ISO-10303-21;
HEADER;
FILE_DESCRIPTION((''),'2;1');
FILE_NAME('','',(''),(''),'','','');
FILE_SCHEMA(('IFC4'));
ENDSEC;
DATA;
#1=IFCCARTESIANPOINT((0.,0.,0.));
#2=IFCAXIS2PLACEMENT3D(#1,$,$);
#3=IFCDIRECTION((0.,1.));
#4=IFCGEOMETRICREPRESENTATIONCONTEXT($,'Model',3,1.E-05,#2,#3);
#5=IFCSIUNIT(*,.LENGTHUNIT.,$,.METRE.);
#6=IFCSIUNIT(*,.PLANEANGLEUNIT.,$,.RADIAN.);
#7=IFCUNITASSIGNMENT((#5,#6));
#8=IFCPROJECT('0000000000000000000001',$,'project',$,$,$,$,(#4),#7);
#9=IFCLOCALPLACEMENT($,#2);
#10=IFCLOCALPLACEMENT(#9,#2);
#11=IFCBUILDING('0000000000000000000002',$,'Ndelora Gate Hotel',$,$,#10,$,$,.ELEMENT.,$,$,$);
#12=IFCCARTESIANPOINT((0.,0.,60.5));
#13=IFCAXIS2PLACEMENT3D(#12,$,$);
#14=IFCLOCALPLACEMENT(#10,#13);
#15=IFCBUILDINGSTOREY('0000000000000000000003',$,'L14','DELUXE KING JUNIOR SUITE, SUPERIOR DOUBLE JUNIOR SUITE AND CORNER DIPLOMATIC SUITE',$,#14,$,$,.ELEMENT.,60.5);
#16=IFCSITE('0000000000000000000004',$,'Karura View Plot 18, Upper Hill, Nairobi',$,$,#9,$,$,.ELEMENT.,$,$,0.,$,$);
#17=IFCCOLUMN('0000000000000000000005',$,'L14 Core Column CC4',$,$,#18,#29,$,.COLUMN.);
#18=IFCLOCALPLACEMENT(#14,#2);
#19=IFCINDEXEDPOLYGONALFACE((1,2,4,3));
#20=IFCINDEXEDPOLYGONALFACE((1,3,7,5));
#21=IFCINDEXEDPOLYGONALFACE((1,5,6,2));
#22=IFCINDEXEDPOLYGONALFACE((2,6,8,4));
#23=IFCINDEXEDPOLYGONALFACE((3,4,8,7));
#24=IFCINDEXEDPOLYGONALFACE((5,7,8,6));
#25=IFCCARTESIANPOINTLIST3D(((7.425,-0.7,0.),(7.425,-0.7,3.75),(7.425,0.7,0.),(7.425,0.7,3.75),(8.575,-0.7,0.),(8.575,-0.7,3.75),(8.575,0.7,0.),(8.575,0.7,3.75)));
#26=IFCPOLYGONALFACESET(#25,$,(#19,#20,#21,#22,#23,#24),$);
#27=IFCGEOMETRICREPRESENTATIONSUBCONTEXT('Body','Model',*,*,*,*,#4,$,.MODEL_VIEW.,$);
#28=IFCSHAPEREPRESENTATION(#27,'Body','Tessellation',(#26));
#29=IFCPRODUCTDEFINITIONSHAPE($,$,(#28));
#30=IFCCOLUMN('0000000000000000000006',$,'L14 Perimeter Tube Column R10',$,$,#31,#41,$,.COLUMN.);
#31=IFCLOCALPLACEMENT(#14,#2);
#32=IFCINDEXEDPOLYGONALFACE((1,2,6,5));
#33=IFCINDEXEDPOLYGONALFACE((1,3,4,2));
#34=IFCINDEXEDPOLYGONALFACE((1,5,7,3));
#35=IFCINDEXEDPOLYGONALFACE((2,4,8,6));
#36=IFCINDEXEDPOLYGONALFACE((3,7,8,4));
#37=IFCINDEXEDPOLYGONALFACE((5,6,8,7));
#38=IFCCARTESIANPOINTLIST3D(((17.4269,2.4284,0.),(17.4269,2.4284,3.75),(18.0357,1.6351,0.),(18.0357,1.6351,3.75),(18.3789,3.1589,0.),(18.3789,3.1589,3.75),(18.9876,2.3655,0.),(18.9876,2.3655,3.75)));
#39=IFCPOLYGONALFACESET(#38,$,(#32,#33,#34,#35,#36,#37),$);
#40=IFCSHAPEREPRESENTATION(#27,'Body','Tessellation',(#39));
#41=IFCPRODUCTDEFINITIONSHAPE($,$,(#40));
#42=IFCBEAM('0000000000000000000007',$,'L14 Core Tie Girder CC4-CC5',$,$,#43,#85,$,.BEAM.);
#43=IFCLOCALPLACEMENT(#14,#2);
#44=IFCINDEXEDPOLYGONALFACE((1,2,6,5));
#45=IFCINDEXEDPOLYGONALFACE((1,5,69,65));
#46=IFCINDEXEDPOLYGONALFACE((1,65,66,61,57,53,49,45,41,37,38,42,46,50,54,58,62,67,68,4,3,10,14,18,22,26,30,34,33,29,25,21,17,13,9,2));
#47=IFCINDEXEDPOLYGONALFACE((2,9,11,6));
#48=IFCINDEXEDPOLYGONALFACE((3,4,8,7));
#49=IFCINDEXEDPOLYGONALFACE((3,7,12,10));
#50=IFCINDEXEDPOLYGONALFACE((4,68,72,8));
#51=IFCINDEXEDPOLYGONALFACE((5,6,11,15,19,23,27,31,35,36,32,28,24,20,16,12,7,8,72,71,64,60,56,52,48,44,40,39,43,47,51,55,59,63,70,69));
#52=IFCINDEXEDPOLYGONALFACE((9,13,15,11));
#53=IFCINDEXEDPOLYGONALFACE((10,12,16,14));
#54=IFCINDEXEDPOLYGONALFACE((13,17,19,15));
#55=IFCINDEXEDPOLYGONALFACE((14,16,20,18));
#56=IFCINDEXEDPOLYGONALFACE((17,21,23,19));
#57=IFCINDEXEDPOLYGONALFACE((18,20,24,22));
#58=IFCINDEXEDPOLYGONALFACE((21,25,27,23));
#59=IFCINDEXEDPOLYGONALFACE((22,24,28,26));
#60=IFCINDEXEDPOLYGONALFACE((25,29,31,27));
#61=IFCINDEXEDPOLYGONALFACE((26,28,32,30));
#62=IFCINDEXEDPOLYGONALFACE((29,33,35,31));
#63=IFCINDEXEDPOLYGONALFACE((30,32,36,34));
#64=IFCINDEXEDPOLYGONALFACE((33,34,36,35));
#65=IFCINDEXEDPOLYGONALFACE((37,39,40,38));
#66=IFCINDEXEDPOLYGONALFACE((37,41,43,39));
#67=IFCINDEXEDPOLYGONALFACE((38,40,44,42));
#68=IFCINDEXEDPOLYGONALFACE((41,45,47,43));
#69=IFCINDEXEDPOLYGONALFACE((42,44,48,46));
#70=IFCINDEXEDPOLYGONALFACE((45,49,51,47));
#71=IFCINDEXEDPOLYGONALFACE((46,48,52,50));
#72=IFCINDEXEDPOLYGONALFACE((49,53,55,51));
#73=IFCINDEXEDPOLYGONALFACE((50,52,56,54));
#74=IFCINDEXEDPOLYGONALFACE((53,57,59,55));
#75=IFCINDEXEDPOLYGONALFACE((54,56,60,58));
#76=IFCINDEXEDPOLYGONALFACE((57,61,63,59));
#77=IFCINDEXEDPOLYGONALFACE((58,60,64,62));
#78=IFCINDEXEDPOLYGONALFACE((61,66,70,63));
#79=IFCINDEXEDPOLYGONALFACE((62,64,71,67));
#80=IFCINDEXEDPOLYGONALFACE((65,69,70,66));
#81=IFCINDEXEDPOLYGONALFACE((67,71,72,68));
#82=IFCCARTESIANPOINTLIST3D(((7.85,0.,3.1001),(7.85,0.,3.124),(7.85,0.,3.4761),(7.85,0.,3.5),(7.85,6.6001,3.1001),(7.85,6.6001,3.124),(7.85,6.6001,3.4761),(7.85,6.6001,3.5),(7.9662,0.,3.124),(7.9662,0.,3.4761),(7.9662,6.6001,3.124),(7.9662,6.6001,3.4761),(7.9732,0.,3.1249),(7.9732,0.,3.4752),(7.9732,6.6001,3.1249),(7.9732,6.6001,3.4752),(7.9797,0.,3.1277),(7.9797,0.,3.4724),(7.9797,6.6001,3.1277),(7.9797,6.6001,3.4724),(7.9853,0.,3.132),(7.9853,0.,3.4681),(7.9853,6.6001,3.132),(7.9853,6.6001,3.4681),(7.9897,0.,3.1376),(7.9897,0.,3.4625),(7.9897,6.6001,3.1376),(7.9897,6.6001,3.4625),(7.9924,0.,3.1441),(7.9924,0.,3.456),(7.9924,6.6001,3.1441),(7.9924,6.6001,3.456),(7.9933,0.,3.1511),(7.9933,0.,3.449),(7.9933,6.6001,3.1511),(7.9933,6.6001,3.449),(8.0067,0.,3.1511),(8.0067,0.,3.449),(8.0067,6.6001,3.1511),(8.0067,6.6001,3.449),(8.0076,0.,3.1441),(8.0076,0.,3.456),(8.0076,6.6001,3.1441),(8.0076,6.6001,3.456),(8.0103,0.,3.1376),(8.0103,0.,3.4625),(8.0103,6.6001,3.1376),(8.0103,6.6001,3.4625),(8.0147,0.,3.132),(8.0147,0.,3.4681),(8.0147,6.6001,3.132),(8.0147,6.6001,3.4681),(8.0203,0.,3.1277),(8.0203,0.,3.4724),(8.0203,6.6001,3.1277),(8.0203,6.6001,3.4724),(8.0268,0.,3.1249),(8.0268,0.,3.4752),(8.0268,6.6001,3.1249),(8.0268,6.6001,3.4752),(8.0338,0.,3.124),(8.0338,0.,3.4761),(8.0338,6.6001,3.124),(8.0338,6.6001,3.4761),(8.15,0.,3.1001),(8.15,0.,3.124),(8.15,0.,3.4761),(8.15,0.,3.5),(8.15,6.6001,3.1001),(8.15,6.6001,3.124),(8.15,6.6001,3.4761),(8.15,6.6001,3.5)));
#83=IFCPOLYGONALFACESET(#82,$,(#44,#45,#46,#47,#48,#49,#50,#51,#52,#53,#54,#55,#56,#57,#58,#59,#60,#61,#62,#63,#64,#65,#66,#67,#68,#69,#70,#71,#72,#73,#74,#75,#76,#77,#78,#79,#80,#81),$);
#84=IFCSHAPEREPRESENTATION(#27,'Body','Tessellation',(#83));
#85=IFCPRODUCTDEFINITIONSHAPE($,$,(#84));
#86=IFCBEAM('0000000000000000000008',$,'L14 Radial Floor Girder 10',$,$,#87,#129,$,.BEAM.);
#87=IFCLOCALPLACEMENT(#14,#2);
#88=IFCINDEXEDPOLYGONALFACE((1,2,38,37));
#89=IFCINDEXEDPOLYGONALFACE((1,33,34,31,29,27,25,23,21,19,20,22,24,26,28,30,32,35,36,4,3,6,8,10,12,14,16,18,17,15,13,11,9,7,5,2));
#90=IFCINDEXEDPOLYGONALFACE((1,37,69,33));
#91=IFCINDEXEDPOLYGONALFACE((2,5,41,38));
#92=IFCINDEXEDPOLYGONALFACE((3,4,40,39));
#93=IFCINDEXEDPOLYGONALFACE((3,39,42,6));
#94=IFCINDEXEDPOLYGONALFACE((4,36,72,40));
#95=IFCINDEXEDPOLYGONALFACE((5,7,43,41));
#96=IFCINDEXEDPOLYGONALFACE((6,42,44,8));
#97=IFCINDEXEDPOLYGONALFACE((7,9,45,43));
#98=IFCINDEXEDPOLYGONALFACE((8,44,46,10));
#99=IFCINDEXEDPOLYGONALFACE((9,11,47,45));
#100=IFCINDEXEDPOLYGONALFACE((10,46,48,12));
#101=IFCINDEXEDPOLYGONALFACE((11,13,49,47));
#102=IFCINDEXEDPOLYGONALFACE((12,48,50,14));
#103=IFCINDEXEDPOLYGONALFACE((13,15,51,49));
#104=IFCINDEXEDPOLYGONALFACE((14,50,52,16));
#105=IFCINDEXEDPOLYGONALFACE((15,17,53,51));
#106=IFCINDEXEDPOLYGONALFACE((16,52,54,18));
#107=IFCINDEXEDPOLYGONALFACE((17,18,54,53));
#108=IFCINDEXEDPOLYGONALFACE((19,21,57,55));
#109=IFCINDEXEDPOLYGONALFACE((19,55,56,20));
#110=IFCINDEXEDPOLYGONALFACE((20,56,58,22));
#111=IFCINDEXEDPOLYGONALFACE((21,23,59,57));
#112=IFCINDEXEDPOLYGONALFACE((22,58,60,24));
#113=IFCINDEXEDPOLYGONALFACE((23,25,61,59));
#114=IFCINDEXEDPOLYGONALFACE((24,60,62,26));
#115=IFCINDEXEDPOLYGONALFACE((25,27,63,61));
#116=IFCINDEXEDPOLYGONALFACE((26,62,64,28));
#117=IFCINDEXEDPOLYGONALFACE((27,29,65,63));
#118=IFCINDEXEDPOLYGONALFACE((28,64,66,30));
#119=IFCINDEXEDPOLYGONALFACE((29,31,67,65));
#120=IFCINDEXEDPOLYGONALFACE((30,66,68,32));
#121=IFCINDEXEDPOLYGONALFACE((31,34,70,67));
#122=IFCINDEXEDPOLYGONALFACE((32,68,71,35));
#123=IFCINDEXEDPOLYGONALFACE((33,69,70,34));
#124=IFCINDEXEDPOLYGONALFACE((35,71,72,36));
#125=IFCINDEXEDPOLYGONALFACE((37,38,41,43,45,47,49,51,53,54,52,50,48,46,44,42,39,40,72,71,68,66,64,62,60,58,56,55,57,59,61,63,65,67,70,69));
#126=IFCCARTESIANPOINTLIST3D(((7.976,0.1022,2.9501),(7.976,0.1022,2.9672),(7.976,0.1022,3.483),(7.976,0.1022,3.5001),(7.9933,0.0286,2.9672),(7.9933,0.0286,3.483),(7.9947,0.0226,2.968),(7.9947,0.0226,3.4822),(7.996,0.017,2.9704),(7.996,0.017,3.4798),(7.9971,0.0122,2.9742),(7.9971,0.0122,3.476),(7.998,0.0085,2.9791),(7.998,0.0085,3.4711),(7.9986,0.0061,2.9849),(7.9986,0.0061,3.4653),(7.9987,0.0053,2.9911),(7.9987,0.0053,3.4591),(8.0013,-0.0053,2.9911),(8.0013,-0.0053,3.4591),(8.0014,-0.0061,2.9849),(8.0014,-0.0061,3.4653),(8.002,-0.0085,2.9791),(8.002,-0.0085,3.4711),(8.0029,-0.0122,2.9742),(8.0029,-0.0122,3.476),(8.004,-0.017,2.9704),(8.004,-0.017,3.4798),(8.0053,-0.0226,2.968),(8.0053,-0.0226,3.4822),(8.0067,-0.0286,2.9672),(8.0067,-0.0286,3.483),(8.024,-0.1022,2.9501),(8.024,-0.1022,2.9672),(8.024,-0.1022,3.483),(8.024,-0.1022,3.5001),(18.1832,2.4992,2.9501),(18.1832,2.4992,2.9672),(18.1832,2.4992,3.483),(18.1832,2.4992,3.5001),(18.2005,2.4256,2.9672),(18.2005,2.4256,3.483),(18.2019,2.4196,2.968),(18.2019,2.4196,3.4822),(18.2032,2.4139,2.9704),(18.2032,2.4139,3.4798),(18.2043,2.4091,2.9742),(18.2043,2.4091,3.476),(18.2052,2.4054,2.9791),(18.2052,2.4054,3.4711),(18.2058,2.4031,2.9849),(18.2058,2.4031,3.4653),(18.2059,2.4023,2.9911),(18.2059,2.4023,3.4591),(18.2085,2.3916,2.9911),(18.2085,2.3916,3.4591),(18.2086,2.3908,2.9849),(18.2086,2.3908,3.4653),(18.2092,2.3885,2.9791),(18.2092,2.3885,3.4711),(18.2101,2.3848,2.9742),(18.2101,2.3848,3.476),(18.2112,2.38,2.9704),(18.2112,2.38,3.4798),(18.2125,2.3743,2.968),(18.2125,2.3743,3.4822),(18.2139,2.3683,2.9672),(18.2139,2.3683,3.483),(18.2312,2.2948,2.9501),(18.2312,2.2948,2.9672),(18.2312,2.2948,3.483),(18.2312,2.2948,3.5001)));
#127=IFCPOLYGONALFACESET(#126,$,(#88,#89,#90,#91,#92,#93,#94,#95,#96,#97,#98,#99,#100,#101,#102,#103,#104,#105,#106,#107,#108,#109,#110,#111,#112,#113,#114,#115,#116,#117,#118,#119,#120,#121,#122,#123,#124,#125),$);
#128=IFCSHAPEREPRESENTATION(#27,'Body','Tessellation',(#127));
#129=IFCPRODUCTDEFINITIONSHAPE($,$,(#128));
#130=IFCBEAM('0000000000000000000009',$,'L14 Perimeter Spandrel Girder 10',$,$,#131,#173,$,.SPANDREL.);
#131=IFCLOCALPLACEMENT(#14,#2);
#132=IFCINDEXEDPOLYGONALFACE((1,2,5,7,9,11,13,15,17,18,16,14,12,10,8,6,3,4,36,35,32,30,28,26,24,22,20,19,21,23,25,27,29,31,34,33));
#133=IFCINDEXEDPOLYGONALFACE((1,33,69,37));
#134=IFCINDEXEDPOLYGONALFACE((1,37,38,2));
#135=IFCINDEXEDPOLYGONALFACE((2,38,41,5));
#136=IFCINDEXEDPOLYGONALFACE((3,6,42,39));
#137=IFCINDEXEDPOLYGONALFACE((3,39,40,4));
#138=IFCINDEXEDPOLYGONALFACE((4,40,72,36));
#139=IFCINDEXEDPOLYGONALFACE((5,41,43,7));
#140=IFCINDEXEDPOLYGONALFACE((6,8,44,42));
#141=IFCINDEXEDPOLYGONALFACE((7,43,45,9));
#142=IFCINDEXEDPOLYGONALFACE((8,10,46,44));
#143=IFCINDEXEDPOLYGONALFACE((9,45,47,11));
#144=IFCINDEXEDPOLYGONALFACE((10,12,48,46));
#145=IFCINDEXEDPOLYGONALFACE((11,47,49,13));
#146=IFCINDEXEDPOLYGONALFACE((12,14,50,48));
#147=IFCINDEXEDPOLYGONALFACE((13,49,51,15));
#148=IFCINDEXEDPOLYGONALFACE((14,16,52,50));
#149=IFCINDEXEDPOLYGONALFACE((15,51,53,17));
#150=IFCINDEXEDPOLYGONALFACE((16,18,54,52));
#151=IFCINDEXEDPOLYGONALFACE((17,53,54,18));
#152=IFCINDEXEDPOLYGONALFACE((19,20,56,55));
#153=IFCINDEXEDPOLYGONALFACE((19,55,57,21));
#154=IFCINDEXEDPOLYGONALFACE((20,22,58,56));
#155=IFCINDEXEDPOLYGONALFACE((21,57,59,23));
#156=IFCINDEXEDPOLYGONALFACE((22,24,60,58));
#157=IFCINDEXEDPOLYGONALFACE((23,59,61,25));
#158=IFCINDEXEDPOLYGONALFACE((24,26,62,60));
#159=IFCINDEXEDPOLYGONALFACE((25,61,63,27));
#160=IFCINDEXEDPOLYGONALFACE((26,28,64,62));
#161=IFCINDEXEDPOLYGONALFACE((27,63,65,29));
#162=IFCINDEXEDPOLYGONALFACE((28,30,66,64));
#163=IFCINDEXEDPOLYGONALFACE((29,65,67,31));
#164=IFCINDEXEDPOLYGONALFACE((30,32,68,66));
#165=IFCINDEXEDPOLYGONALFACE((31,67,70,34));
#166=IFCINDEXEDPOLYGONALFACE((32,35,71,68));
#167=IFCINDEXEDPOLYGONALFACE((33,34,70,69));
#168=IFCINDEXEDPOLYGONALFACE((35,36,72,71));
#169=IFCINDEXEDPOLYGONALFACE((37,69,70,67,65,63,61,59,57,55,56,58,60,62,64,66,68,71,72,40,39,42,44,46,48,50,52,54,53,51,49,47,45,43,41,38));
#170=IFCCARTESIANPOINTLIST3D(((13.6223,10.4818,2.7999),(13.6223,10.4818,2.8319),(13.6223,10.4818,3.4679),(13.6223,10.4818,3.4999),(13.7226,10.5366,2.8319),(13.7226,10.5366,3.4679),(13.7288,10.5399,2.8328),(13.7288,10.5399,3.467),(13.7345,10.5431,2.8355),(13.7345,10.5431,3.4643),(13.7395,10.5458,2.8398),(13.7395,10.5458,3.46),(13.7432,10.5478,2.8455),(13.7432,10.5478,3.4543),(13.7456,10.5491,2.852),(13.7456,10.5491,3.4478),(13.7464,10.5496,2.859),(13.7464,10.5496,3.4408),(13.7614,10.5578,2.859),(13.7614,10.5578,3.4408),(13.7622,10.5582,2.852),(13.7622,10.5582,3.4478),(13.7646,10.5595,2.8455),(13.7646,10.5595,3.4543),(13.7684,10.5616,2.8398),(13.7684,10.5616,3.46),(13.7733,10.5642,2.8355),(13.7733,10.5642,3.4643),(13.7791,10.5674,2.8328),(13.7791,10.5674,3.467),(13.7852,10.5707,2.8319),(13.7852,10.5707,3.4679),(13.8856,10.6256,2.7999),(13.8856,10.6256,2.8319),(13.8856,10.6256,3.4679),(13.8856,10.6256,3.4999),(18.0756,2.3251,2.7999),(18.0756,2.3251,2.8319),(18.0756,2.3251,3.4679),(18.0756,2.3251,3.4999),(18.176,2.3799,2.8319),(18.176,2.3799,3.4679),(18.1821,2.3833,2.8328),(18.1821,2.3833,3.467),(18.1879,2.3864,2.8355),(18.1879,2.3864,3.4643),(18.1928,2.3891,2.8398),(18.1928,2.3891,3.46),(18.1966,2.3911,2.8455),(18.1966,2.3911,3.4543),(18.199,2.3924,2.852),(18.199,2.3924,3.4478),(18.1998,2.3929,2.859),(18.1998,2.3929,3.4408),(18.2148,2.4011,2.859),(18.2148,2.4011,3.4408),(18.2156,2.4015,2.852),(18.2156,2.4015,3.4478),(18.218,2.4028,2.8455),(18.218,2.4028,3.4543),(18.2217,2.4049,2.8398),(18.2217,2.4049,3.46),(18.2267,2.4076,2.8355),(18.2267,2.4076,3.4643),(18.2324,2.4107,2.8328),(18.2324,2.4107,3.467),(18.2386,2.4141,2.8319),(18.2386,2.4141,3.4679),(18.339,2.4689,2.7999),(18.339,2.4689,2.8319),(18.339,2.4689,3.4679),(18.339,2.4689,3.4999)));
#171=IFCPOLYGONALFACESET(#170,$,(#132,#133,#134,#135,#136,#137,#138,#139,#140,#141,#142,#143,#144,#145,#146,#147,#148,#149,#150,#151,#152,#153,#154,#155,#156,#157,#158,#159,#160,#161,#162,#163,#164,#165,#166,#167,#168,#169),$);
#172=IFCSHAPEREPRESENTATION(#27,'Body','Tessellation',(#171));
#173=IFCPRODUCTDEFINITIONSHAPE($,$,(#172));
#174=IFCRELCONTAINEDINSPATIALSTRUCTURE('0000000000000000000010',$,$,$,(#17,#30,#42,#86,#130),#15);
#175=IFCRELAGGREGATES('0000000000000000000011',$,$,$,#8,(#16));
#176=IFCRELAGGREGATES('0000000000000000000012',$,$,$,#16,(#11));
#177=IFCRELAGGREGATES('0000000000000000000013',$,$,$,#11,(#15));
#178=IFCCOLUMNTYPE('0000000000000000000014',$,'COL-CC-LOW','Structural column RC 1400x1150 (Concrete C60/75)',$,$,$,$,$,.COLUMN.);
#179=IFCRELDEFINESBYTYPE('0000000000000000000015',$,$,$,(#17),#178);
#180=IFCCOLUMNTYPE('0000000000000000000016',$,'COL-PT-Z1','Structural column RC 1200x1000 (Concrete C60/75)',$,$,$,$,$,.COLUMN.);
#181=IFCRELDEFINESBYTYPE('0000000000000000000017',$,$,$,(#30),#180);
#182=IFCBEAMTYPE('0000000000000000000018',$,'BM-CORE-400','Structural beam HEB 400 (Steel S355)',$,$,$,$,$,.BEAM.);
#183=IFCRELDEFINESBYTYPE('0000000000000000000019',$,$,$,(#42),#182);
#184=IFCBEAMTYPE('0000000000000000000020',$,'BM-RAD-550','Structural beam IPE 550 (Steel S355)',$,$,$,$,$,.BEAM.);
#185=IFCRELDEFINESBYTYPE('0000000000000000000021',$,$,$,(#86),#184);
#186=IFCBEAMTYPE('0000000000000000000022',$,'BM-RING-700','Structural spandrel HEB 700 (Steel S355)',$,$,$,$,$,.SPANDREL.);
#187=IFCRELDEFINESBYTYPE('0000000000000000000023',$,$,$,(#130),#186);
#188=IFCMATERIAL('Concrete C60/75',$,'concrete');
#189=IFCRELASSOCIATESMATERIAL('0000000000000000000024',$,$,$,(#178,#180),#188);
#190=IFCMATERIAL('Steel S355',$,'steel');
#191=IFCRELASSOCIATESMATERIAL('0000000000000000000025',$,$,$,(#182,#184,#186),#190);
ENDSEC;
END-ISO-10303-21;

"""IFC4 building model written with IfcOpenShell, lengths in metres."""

from ifc_helpers import new_model, si_unit, direction, frame, origin, origin_2d, place, context, subcontext, project, spatial, rectangle, i_section, extrude, material, material_profile, profile_set, type_object, element, save


model = new_model("IFC4")

# Units and contexts
model_context = context("Model", 3, precision=1e-05, world=origin(), true_north=direction((0.0, 1.0)))
body_context = subcontext(model_context, "Body", "Model", "MODEL_VIEW")
ifc_project = project(units=[si_unit("LENGTHUNIT", "METRE"), si_unit("PLANEANGLEUNIT", "RADIAN")], contexts=[model_context])

# Site, building, storey
site_placement = place(None, origin())
site = spatial("IfcSite", under=ifc_project, at=site_placement, Name="Karura View Plot 18, Upper Hill, Nairobi", CompositionType="ELEMENT", RefElevation=0.0)
building_placement = place(site_placement, origin())
building = spatial("IfcBuilding", under=site, at=building_placement, Name="Ndelora Gate Hotel", CompositionType="ELEMENT")
storey_placement = place(building_placement, frame((0.0, 0.0, 60.5)))
storey = spatial("IfcBuildingStorey", under=building, at=storey_placement, Name="L14", Description="DELUXE KING JUNIOR SUITE, SUPERIOR DOUBLE JUNIOR SUITE AND CORNER DIPLOMATIC SUITE", CompositionType="ELEMENT", Elevation=60.5)

# Columns
ifc_material_1 = material(Name="Concrete C60/75", Category="concrete")
ifc_material_profile_1 = material_profile(ifc_material_1, rectangle(XDim=1.1499, YDim=1.3999, at=origin_2d()), Name="RC 1400x1150")
ifc_profile_set_1 = profile_set([ifc_material_profile_1], Name="Concrete C60/75")
column_type_1 = type_object("IfcColumnType", Name="COL-CC-LOW", Description="Structural column RC 1400x1150 (Concrete C60/75)", PredefinedType="COLUMN", material=ifc_profile_set_1)
column_1_placement = place(storey_placement, frame((8.0, 0.0, 0.0), z_axis=(0.0, 0.0, 1.0), x_axis=(1.0, 0.0, 0.0)))
element("IfcColumn", 1, at=column_1_placement, inside=storey, type_object=column_type_1, Name="L14 Core Column CC4", PredefinedType="COLUMN", context=body_context, shape_type="SweptSolid", body=[
    extrude(rectangle(XDim=1.1499, YDim=1.3999, at=origin_2d()), origin(), (0.0, 0.0, 1.0), 3.75),
])
ifc_material_profile_2 = material_profile(ifc_material_1, rectangle(XDim=1.0, YDim=1.2, at=origin_2d()), Name="RC 1200x1000")
ifc_profile_set_2 = profile_set([ifc_material_profile_2], Name="Concrete C60/75")
column_type_2 = type_object("IfcColumnType", Name="COL-PT-Z1", Description="Structural column RC 1200x1000 (Concrete C60/75)", PredefinedType="COLUMN", material=ifc_profile_set_2)
column_2_placement = place(storey_placement, frame((18.2073, 2.397, 0.0), z_axis=(0.0, 0.0, 1.0), x_axis=(-0.608761, 0.793353, 0.0)))
element("IfcColumn", 2, at=column_2_placement, inside=storey, type_object=column_type_2, Name="L14 Perimeter Tube Column R10", PredefinedType="COLUMN", context=body_context, shape_type="SweptSolid", body=[
    extrude(rectangle(XDim=1.0, YDim=1.2, at=origin_2d()), origin(), (0.0, 0.0, 1.0), 3.75),
])

# Beams
ifc_material_2 = material(Name="Steel S355", Category="steel")
ifc_material_profile_3 = material_profile(ifc_material_2, i_section(OverallWidth=0.3, OverallDepth=0.3999, WebThickness=0.0134, FlangeThickness=0.0239, FilletRadius=0.0271, at=origin_2d()), Name="HEB 400")
ifc_profile_set_3 = profile_set([ifc_material_profile_3], Name="Steel S355")
beam_type_1 = type_object("IfcBeamType", Name="BM-CORE-400", Description="Structural beam HEB 400 (Steel S355)", PredefinedType="BEAM", material=ifc_profile_set_3)
beam_1_placement = place(storey_placement, frame((8.0, 0.0, 3.3), z_axis=(0.0, 1.0, 0.0), x_axis=(-1.0, 0.0, 0.0)))
element("IfcBeam", 3, at=beam_1_placement, inside=storey, type_object=beam_type_1, Name="L14 Core Tie Girder CC4-CC5", PredefinedType="BEAM", context=body_context, shape_type="SweptSolid", body=[
    extrude(i_section(OverallWidth=0.3, OverallDepth=0.3999, WebThickness=0.0134, FlangeThickness=0.0239, FilletRadius=0.0271, at=origin_2d()), origin(), (0.0, 0.0, 1.0), 6.6001),
])
ifc_material_profile_4 = material_profile(ifc_material_2, i_section(OverallWidth=0.21, OverallDepth=0.55, WebThickness=0.011, FlangeThickness=0.0171, FilletRadius=0.0239, at=origin_2d()), Name="IPE 550")
ifc_profile_set_4 = profile_set([ifc_material_profile_4], Name="Steel S355")
beam_type_2 = type_object("IfcBeamType", Name="BM-RAD-550", Description="Structural beam IPE 550 (Steel S355)", PredefinedType="BEAM", material=ifc_profile_set_4)
beam_2_placement = place(storey_placement, frame((8.0, 0.0, 3.2251), z_axis=(0.973518, 0.228611, 0.0), x_axis=(-0.228611, 0.973518, 0.0)))
element("IfcBeam", 4, at=beam_2_placement, inside=storey, type_object=beam_type_2, Name="L14 Radial Floor Girder 10", PredefinedType="BEAM", context=body_context, shape_type="SweptSolid", body=[
    extrude(i_section(OverallWidth=0.21, OverallDepth=0.55, WebThickness=0.011, FlangeThickness=0.0171, FilletRadius=0.0239, at=origin_2d()), origin(), (0.0, 0.0, 1.0), 10.4849),
])
ifc_material_profile_5 = material_profile(ifc_material_2, i_section(OverallWidth=0.3, OverallDepth=0.7, WebThickness=0.0171, FlangeThickness=0.032, FilletRadius=0.0271, at=origin_2d()), Name="HEB 700")
ifc_profile_set_5 = profile_set([ifc_material_profile_5], Name="Steel S355")
beam_type_3 = type_object("IfcBeamType", Name="BM-RING-700", Description="Structural spandrel HEB 700 (Steel S355)", PredefinedType="SPANDREL", material=ifc_profile_set_5)
beam_3_placement = place(storey_placement, frame((18.2073, 2.397, 3.1499), z_axis=(-0.479204, 0.877704, 0.0), x_axis=(-0.877704, -0.479204, 0.0)))
element("IfcBeam", 5, at=beam_3_placement, inside=storey, type_object=beam_type_3, Name="L14 Perimeter Spandrel Girder 10", PredefinedType="SPANDREL", context=body_context, shape_type="SweptSolid", body=[
    extrude(i_section(OverallWidth=0.3, OverallDepth=0.7, WebThickness=0.0171, FlangeThickness=0.032, FilletRadius=0.0271, at=origin_2d()), origin(), (0.0, 0.0, 1.0), 9.2932),
])

save(model, "model.ifc")
